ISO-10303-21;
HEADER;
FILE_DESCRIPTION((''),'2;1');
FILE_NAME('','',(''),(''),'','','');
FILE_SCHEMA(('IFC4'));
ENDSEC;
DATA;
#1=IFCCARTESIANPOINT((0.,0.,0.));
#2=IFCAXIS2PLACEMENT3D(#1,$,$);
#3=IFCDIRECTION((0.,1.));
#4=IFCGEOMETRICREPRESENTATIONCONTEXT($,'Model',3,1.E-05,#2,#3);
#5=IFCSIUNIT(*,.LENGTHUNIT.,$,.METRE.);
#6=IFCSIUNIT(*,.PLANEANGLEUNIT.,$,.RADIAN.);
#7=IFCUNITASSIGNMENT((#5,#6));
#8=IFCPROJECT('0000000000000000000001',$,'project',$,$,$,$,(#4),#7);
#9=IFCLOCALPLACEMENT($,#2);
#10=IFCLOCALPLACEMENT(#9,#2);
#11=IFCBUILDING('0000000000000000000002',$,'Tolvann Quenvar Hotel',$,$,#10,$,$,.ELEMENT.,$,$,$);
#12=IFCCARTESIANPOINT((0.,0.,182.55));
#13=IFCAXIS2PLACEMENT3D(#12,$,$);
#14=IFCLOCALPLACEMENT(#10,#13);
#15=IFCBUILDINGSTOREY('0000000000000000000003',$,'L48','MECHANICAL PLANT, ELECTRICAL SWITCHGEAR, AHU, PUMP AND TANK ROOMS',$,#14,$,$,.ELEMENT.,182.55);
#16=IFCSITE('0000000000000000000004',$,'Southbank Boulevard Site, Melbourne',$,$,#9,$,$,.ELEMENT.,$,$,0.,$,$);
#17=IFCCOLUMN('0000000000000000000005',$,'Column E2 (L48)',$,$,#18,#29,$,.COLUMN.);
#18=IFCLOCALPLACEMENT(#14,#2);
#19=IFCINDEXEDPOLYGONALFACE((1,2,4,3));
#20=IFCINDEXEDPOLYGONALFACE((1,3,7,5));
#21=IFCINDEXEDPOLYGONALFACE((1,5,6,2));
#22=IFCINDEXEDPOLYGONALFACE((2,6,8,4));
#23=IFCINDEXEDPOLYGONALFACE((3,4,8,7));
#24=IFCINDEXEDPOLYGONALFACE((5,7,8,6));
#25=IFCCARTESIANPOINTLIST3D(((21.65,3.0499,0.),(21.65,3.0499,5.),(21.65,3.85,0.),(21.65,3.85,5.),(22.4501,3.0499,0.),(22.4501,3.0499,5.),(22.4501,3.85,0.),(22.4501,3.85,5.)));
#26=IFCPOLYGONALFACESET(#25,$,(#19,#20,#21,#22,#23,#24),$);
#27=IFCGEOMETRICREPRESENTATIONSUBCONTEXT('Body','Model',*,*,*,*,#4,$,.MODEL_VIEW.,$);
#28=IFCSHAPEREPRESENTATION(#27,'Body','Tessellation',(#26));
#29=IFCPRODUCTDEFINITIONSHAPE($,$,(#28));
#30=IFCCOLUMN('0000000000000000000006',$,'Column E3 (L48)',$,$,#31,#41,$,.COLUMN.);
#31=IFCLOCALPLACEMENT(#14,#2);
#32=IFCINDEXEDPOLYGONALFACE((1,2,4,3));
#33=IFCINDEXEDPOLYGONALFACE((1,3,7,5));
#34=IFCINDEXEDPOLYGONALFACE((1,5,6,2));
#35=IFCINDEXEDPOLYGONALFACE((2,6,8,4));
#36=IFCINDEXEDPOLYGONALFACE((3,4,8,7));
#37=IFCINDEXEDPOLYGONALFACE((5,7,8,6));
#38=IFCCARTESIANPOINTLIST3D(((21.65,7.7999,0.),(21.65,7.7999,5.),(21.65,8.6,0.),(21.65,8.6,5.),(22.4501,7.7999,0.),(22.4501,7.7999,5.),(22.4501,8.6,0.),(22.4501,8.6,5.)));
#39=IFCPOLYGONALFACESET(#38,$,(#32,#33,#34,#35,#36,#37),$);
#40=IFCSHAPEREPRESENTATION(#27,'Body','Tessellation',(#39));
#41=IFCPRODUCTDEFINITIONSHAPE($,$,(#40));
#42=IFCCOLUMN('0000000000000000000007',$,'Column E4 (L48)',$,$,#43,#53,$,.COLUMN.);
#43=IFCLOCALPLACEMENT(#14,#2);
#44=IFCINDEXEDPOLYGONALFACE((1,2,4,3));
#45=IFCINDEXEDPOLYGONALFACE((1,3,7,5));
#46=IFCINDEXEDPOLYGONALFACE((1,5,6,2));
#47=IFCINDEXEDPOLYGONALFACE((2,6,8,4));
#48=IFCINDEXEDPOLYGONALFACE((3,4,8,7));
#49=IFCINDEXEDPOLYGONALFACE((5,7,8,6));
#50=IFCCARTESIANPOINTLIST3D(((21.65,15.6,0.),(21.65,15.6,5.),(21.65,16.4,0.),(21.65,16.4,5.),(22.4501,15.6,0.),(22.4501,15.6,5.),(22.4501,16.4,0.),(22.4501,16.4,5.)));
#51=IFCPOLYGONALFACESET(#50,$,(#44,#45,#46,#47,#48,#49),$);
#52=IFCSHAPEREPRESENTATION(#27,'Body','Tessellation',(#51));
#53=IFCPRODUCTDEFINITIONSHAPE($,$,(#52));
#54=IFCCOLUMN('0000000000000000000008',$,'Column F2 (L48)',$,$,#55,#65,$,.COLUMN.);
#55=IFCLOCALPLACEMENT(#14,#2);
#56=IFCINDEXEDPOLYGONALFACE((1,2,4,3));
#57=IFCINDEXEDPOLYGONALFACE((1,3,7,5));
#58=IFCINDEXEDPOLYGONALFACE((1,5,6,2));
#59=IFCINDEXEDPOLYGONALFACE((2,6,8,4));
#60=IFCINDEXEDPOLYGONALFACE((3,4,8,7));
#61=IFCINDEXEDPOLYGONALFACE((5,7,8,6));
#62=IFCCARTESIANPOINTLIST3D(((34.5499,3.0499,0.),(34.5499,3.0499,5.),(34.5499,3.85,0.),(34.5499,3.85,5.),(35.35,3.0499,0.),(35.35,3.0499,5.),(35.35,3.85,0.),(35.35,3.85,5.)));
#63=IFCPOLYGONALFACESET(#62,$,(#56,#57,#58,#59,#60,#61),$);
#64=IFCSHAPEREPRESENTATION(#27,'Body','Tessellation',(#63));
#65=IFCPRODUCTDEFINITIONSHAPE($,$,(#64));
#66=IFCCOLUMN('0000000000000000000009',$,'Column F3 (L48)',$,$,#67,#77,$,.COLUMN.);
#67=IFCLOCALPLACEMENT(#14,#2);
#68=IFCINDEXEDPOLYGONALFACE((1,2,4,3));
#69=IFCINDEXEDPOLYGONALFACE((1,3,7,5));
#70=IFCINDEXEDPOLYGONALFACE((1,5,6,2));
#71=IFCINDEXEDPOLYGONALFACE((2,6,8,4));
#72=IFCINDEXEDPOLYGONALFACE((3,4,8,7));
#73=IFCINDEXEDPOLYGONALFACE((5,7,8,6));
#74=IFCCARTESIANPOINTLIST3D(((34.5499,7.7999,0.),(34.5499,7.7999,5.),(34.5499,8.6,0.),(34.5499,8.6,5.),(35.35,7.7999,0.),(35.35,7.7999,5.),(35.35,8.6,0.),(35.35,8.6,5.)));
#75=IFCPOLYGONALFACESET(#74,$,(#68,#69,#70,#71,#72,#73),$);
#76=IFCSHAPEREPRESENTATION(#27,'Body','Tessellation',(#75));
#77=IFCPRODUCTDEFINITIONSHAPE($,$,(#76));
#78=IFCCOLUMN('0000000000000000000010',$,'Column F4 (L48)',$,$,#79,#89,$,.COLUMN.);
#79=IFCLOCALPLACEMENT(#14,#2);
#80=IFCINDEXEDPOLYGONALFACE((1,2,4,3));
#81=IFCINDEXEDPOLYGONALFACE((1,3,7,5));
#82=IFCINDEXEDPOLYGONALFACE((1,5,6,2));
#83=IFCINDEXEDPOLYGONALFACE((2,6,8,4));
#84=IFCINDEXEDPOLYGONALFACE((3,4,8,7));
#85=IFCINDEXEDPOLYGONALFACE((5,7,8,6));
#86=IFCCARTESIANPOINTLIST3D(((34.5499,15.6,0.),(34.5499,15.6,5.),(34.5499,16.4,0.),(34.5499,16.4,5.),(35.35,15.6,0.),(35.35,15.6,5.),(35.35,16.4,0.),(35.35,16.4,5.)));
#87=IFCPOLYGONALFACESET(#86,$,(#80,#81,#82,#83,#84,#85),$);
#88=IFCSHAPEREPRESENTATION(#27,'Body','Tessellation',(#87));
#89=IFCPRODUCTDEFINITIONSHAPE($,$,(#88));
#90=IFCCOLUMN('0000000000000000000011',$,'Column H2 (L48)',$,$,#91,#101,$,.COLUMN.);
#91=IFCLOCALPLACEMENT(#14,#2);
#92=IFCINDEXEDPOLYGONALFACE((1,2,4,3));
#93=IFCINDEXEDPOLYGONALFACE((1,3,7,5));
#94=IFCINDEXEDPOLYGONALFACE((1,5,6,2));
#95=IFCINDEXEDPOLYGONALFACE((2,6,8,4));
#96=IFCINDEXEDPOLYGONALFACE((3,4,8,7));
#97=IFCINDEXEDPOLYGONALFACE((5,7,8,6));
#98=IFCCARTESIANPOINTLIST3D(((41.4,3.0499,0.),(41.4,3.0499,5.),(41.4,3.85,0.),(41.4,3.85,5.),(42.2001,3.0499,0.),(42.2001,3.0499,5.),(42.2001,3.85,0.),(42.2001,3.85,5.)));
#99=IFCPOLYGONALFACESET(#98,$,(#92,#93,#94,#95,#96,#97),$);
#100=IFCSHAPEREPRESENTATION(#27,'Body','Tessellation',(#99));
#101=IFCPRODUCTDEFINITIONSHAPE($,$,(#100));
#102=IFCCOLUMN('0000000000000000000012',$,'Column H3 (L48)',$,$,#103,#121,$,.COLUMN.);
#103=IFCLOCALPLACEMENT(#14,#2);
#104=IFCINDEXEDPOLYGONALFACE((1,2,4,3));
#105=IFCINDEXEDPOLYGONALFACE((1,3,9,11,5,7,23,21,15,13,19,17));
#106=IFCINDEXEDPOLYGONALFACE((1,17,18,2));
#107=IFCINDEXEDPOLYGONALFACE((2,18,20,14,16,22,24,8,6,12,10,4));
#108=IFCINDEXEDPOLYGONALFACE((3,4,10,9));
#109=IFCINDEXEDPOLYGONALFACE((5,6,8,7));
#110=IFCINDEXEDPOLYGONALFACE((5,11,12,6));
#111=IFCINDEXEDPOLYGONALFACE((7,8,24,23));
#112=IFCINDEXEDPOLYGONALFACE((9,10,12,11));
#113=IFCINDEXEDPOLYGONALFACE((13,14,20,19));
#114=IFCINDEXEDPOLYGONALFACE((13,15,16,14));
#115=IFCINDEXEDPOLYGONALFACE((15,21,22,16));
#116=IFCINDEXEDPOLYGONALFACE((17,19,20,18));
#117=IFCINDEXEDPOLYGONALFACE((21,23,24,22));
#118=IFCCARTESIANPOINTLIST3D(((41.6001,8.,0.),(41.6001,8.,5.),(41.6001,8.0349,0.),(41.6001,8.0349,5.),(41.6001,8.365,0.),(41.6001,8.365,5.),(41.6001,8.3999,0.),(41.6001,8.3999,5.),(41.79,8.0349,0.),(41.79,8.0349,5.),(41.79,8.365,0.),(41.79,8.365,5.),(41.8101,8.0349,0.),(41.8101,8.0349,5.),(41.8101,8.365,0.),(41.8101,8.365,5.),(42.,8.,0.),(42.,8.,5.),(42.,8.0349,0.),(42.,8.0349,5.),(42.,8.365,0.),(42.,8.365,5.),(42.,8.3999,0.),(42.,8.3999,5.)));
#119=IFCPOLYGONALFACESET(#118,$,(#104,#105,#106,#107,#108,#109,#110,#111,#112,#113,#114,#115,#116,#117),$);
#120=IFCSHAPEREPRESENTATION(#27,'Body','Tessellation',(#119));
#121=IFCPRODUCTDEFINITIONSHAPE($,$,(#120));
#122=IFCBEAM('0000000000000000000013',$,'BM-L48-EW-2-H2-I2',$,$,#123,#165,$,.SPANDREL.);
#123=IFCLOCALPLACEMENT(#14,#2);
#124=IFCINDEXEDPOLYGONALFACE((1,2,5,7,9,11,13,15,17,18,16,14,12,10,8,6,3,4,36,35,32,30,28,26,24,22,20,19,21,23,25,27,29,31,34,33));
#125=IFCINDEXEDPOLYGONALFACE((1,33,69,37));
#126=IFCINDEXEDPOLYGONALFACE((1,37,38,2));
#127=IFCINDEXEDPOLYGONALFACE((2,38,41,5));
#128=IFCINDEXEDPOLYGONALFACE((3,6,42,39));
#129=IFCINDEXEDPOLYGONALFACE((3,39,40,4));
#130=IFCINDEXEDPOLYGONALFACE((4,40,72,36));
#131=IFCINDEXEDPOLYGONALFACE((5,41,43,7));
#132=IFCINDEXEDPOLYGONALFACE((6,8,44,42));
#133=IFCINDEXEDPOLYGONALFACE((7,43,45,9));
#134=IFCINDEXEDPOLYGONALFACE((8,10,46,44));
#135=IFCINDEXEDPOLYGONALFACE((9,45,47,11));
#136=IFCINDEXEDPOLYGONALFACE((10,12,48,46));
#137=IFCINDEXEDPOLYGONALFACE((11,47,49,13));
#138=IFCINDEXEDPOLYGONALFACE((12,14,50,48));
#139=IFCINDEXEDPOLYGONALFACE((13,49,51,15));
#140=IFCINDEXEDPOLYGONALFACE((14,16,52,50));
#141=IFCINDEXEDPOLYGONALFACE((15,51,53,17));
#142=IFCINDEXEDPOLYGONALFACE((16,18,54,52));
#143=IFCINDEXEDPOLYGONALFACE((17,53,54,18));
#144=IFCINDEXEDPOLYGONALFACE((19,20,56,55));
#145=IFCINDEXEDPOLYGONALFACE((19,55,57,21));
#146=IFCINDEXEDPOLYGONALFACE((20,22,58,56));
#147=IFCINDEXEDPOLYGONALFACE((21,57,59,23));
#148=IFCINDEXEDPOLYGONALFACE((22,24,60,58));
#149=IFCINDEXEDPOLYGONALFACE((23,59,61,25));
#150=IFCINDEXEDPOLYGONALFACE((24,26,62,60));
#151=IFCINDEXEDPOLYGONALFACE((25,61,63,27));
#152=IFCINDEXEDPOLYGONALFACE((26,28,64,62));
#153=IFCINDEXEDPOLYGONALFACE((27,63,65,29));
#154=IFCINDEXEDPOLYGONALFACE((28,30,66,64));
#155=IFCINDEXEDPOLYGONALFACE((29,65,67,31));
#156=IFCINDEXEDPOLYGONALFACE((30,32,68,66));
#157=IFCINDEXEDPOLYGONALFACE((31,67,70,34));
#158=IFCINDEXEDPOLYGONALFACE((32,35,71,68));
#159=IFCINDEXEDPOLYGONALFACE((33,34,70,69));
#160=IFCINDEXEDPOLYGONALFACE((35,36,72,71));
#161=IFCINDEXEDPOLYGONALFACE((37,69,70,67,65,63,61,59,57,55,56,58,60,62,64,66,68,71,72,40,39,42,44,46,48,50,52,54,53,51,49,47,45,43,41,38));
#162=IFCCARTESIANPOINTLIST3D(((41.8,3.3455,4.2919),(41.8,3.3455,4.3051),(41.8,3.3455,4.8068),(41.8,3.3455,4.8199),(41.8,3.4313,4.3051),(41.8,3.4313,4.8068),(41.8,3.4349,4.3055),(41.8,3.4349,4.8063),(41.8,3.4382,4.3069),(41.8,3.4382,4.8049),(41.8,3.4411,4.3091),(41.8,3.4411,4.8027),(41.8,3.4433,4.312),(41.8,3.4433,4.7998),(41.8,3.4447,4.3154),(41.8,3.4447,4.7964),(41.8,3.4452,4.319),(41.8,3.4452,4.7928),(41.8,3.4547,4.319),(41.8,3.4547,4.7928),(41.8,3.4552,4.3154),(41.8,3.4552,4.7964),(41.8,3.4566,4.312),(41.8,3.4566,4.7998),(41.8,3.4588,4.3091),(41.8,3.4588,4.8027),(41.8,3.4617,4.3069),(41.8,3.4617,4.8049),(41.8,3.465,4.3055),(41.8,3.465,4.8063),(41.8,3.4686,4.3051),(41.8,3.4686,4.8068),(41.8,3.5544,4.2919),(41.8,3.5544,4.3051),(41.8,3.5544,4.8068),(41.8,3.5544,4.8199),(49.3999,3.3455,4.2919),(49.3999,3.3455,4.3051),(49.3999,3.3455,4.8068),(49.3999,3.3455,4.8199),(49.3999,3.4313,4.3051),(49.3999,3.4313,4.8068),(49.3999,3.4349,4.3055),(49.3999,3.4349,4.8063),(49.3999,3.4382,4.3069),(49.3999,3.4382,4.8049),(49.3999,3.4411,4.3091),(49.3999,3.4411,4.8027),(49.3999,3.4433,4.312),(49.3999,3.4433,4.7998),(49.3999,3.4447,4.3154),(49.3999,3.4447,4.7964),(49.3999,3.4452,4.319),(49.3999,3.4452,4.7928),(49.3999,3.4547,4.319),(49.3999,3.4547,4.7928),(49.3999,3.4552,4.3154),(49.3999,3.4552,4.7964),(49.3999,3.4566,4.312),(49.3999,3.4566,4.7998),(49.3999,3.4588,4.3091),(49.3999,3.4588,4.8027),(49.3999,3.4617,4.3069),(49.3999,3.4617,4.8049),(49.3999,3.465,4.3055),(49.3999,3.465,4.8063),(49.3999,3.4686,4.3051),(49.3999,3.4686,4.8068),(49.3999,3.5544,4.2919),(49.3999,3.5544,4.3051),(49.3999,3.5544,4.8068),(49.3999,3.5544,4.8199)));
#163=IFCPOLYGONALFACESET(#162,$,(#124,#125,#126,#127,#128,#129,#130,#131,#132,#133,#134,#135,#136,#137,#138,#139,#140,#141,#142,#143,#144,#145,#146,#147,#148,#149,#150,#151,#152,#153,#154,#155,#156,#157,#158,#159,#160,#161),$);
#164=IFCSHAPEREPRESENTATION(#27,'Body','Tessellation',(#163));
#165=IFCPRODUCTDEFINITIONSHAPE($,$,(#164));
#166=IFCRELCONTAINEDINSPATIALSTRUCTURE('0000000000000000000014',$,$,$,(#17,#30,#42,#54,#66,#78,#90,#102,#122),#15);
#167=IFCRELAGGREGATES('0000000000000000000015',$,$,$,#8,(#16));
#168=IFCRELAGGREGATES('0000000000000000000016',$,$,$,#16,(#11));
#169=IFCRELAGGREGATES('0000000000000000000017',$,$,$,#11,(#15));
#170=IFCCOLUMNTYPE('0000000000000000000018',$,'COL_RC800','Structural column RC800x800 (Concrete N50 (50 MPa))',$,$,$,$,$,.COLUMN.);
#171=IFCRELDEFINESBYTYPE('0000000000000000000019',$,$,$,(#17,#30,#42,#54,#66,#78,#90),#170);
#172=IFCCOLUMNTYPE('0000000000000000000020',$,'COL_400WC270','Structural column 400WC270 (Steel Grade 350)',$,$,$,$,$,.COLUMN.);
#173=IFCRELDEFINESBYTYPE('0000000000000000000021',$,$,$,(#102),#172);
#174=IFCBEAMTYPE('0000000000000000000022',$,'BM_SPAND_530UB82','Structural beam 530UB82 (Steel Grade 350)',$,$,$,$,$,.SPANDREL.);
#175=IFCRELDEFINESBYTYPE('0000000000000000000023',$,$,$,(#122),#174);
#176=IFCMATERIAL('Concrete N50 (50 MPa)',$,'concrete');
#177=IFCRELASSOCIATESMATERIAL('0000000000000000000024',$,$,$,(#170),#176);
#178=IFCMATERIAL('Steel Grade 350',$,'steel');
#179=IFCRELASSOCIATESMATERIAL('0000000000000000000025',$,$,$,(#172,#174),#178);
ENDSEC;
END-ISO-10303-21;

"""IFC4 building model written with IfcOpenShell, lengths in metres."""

from ifc_helpers import new_model, si_unit, direction, frame, origin, origin_2d, place, context, subcontext, project, spatial, rectangle, i_section, extrude, source, transform, mapped, material, material_profile, profile_set, type_object, type_shapes, element, save


model = new_model("IFC4")

# Units and contexts
model_context = context("Model", 3, precision=1e-05, world=origin(), true_north=direction((0.0, 1.0)))
body_context = subcontext(model_context, "Body", "Model", "MODEL_VIEW")
ifc_project = project(units=[si_unit("LENGTHUNIT", "METRE"), si_unit("PLANEANGLEUNIT", "RADIAN")], contexts=[model_context])

# Site, building, storey
site_placement = place(None, origin())
site = spatial("IfcSite", under=ifc_project, at=site_placement, Name="Southbank Boulevard Site, Melbourne", CompositionType="ELEMENT", RefElevation=0.0)
building_placement = place(site_placement, origin())
building = spatial("IfcBuilding", under=site, at=building_placement, Name="Tolvann Quenvar Hotel", CompositionType="ELEMENT")
storey_placement = place(building_placement, frame((0.0, 0.0, 182.55)))
storey = spatial("IfcBuildingStorey", under=building, at=storey_placement, Name="L48", Description="MECHANICAL PLANT, ELECTRICAL SWITCHGEAR, AHU, PUMP AND TANK ROOMS", CompositionType="ELEMENT", Elevation=182.55)

# Columns
ifc_material_1 = material(Name="Concrete N50 (50 MPa)", Category="concrete")
ifc_material_profile_1 = material_profile(ifc_material_1, rectangle(XDim=0.8, YDim=0.8, at=origin_2d()), Name="RC800x800")
ifc_profile_set_1 = profile_set([ifc_material_profile_1], Name="Concrete N50 (50 MPa)")
column_type_1 = type_object("IfcColumnType", Name="COL_RC800", Description="Structural column RC800x800 (Concrete N50 (50 MPa))", PredefinedType="COLUMN", material=ifc_profile_set_1)
shared_shape_1 = source(origin(), body_context, "Body", "SweptSolid", [
    extrude(rectangle(XDim=0.8, YDim=0.8, at=origin_2d()), origin(), (0.0, 0.0, 1.0), 5.0),
])
type_shapes(column_type_1, [shared_shape_1])
for number, where, z_axis, x_axis, name in (
    (1, (22.05, 3.45, 0.0), (0.0, 0.0, 1.0), (1.0, 0.0, 0.0), "Column E2 (L48)"),
    (2, (22.05, 8.2, 0.0), (0.0, 0.0, 1.0), (1.0, 0.0, 0.0), "Column E3 (L48)"),
    (3, (22.05, 16.0, 0.0), (0.0, 0.0, 1.0), (1.0, 0.0, 0.0), "Column E4 (L48)"),
    (4, (34.95, 3.45, 0.0), (0.0, 0.0, 1.0), (1.0, 0.0, 0.0), "Column F2 (L48)"),
    (5, (34.95, 8.2, 0.0), (0.0, 0.0, 1.0), (1.0, 0.0, 0.0), "Column F3 (L48)"),
    (6, (34.95, 16.0, 0.0), (0.0, 0.0, 1.0), (1.0, 0.0, 0.0), "Column F4 (L48)"),
    (7, (41.8, 3.45, 0.0), (0.0, 0.0, 1.0), (1.0, 0.0, 0.0), "Column H2 (L48)"),
):
    element("IfcColumn", number, at=place(storey_placement, frame(where, z_axis=z_axis, x_axis=x_axis)), inside=storey, type_object=column_type_1, Name=name, PredefinedType="COLUMN", context=body_context, shape_type="MappedRepresentation", body=[
        mapped(shared_shape_1, transform((0.0, 0.0, 0.0), x_axis=(1.0, 0.0, 0.0), y_axis=(0.0, 1.0, 0.0), z_axis=(0.0, 0.0, 1.0), scale=1.0)),
    ])
ifc_material_2 = material(Name="Steel Grade 350", Category="steel")
ifc_material_profile_2 = material_profile(ifc_material_2, i_section(OverallWidth=0.3999, OverallDepth=0.3999, WebThickness=0.02, FlangeThickness=0.0349, at=origin_2d()), Name="400WC270")
ifc_profile_set_2 = profile_set([ifc_material_profile_2], Name="Steel Grade 350")
column_type_2 = type_object("IfcColumnType", Name="COL_400WC270", Description="Structural column 400WC270 (Steel Grade 350)", PredefinedType="COLUMN", material=ifc_profile_set_2)
shared_shape_2 = source(origin(), body_context, "Body", "SweptSolid", [
    extrude(i_section(OverallWidth=0.3999, OverallDepth=0.3999, WebThickness=0.02, FlangeThickness=0.0349, at=origin_2d()), origin(), (0.0, 0.0, 1.0), 5.0),
])
type_shapes(column_type_2, [shared_shape_2])
column_placement = place(storey_placement, frame((41.8, 8.2, 0.0), z_axis=(0.0, 0.0, 1.0), x_axis=(1.0, 0.0, 0.0)))
element("IfcColumn", 8, at=column_placement, inside=storey, type_object=column_type_2, Name="Column H3 (L48)", PredefinedType="COLUMN", context=body_context, shape_type="MappedRepresentation", body=[
    mapped(shared_shape_2, transform((0.0, 0.0, 0.0), x_axis=(1.0, 0.0, 0.0), y_axis=(0.0, 1.0, 0.0), z_axis=(0.0, 0.0, 1.0), scale=1.0)),
])

# Beam
ifc_material_profile_3 = material_profile(ifc_material_2, i_section(OverallWidth=0.209, OverallDepth=0.5281, WebThickness=0.0095, FlangeThickness=0.0132, FilletRadius=0.0139, at=origin_2d()), Name="530UB82")
ifc_profile_set_3 = profile_set([ifc_material_profile_3], Name="Steel Grade 350")
beam_type_1 = type_object("IfcBeamType", Name="BM_SPAND_530UB82", Description="Structural beam 530UB82 (Steel Grade 350)", PredefinedType="SPANDREL", material=ifc_profile_set_3)
shared_shape_3 = source(origin(), body_context, "Body", "SweptSolid", [
    extrude(i_section(OverallWidth=0.209, OverallDepth=0.5281, WebThickness=0.0095, FlangeThickness=0.0132, FilletRadius=0.0139, at=origin_2d()), origin(), (0.0, 0.0, 1.0), 7.5999),
])
beam_1_placement = place(storey_placement, frame((41.8, 3.45, 4.5559), z_axis=(1.0, 0.0, 0.0), x_axis=(0.0, 1.0, 0.0)))
element("IfcBeam", 9, at=beam_1_placement, inside=storey, type_object=beam_type_1, Name="BM-L48-EW-2-H2-I2", PredefinedType="SPANDREL", context=body_context, shape_type="MappedRepresentation", body=[
    mapped(shared_shape_3, transform((0.0, 0.0, 0.0), x_axis=(1.0, 0.0, 0.0), y_axis=(0.0, 1.0, 0.0), z_axis=(0.0, 0.0, 1.0), scale=1.0)),
])

save(model, "model.ifc")
